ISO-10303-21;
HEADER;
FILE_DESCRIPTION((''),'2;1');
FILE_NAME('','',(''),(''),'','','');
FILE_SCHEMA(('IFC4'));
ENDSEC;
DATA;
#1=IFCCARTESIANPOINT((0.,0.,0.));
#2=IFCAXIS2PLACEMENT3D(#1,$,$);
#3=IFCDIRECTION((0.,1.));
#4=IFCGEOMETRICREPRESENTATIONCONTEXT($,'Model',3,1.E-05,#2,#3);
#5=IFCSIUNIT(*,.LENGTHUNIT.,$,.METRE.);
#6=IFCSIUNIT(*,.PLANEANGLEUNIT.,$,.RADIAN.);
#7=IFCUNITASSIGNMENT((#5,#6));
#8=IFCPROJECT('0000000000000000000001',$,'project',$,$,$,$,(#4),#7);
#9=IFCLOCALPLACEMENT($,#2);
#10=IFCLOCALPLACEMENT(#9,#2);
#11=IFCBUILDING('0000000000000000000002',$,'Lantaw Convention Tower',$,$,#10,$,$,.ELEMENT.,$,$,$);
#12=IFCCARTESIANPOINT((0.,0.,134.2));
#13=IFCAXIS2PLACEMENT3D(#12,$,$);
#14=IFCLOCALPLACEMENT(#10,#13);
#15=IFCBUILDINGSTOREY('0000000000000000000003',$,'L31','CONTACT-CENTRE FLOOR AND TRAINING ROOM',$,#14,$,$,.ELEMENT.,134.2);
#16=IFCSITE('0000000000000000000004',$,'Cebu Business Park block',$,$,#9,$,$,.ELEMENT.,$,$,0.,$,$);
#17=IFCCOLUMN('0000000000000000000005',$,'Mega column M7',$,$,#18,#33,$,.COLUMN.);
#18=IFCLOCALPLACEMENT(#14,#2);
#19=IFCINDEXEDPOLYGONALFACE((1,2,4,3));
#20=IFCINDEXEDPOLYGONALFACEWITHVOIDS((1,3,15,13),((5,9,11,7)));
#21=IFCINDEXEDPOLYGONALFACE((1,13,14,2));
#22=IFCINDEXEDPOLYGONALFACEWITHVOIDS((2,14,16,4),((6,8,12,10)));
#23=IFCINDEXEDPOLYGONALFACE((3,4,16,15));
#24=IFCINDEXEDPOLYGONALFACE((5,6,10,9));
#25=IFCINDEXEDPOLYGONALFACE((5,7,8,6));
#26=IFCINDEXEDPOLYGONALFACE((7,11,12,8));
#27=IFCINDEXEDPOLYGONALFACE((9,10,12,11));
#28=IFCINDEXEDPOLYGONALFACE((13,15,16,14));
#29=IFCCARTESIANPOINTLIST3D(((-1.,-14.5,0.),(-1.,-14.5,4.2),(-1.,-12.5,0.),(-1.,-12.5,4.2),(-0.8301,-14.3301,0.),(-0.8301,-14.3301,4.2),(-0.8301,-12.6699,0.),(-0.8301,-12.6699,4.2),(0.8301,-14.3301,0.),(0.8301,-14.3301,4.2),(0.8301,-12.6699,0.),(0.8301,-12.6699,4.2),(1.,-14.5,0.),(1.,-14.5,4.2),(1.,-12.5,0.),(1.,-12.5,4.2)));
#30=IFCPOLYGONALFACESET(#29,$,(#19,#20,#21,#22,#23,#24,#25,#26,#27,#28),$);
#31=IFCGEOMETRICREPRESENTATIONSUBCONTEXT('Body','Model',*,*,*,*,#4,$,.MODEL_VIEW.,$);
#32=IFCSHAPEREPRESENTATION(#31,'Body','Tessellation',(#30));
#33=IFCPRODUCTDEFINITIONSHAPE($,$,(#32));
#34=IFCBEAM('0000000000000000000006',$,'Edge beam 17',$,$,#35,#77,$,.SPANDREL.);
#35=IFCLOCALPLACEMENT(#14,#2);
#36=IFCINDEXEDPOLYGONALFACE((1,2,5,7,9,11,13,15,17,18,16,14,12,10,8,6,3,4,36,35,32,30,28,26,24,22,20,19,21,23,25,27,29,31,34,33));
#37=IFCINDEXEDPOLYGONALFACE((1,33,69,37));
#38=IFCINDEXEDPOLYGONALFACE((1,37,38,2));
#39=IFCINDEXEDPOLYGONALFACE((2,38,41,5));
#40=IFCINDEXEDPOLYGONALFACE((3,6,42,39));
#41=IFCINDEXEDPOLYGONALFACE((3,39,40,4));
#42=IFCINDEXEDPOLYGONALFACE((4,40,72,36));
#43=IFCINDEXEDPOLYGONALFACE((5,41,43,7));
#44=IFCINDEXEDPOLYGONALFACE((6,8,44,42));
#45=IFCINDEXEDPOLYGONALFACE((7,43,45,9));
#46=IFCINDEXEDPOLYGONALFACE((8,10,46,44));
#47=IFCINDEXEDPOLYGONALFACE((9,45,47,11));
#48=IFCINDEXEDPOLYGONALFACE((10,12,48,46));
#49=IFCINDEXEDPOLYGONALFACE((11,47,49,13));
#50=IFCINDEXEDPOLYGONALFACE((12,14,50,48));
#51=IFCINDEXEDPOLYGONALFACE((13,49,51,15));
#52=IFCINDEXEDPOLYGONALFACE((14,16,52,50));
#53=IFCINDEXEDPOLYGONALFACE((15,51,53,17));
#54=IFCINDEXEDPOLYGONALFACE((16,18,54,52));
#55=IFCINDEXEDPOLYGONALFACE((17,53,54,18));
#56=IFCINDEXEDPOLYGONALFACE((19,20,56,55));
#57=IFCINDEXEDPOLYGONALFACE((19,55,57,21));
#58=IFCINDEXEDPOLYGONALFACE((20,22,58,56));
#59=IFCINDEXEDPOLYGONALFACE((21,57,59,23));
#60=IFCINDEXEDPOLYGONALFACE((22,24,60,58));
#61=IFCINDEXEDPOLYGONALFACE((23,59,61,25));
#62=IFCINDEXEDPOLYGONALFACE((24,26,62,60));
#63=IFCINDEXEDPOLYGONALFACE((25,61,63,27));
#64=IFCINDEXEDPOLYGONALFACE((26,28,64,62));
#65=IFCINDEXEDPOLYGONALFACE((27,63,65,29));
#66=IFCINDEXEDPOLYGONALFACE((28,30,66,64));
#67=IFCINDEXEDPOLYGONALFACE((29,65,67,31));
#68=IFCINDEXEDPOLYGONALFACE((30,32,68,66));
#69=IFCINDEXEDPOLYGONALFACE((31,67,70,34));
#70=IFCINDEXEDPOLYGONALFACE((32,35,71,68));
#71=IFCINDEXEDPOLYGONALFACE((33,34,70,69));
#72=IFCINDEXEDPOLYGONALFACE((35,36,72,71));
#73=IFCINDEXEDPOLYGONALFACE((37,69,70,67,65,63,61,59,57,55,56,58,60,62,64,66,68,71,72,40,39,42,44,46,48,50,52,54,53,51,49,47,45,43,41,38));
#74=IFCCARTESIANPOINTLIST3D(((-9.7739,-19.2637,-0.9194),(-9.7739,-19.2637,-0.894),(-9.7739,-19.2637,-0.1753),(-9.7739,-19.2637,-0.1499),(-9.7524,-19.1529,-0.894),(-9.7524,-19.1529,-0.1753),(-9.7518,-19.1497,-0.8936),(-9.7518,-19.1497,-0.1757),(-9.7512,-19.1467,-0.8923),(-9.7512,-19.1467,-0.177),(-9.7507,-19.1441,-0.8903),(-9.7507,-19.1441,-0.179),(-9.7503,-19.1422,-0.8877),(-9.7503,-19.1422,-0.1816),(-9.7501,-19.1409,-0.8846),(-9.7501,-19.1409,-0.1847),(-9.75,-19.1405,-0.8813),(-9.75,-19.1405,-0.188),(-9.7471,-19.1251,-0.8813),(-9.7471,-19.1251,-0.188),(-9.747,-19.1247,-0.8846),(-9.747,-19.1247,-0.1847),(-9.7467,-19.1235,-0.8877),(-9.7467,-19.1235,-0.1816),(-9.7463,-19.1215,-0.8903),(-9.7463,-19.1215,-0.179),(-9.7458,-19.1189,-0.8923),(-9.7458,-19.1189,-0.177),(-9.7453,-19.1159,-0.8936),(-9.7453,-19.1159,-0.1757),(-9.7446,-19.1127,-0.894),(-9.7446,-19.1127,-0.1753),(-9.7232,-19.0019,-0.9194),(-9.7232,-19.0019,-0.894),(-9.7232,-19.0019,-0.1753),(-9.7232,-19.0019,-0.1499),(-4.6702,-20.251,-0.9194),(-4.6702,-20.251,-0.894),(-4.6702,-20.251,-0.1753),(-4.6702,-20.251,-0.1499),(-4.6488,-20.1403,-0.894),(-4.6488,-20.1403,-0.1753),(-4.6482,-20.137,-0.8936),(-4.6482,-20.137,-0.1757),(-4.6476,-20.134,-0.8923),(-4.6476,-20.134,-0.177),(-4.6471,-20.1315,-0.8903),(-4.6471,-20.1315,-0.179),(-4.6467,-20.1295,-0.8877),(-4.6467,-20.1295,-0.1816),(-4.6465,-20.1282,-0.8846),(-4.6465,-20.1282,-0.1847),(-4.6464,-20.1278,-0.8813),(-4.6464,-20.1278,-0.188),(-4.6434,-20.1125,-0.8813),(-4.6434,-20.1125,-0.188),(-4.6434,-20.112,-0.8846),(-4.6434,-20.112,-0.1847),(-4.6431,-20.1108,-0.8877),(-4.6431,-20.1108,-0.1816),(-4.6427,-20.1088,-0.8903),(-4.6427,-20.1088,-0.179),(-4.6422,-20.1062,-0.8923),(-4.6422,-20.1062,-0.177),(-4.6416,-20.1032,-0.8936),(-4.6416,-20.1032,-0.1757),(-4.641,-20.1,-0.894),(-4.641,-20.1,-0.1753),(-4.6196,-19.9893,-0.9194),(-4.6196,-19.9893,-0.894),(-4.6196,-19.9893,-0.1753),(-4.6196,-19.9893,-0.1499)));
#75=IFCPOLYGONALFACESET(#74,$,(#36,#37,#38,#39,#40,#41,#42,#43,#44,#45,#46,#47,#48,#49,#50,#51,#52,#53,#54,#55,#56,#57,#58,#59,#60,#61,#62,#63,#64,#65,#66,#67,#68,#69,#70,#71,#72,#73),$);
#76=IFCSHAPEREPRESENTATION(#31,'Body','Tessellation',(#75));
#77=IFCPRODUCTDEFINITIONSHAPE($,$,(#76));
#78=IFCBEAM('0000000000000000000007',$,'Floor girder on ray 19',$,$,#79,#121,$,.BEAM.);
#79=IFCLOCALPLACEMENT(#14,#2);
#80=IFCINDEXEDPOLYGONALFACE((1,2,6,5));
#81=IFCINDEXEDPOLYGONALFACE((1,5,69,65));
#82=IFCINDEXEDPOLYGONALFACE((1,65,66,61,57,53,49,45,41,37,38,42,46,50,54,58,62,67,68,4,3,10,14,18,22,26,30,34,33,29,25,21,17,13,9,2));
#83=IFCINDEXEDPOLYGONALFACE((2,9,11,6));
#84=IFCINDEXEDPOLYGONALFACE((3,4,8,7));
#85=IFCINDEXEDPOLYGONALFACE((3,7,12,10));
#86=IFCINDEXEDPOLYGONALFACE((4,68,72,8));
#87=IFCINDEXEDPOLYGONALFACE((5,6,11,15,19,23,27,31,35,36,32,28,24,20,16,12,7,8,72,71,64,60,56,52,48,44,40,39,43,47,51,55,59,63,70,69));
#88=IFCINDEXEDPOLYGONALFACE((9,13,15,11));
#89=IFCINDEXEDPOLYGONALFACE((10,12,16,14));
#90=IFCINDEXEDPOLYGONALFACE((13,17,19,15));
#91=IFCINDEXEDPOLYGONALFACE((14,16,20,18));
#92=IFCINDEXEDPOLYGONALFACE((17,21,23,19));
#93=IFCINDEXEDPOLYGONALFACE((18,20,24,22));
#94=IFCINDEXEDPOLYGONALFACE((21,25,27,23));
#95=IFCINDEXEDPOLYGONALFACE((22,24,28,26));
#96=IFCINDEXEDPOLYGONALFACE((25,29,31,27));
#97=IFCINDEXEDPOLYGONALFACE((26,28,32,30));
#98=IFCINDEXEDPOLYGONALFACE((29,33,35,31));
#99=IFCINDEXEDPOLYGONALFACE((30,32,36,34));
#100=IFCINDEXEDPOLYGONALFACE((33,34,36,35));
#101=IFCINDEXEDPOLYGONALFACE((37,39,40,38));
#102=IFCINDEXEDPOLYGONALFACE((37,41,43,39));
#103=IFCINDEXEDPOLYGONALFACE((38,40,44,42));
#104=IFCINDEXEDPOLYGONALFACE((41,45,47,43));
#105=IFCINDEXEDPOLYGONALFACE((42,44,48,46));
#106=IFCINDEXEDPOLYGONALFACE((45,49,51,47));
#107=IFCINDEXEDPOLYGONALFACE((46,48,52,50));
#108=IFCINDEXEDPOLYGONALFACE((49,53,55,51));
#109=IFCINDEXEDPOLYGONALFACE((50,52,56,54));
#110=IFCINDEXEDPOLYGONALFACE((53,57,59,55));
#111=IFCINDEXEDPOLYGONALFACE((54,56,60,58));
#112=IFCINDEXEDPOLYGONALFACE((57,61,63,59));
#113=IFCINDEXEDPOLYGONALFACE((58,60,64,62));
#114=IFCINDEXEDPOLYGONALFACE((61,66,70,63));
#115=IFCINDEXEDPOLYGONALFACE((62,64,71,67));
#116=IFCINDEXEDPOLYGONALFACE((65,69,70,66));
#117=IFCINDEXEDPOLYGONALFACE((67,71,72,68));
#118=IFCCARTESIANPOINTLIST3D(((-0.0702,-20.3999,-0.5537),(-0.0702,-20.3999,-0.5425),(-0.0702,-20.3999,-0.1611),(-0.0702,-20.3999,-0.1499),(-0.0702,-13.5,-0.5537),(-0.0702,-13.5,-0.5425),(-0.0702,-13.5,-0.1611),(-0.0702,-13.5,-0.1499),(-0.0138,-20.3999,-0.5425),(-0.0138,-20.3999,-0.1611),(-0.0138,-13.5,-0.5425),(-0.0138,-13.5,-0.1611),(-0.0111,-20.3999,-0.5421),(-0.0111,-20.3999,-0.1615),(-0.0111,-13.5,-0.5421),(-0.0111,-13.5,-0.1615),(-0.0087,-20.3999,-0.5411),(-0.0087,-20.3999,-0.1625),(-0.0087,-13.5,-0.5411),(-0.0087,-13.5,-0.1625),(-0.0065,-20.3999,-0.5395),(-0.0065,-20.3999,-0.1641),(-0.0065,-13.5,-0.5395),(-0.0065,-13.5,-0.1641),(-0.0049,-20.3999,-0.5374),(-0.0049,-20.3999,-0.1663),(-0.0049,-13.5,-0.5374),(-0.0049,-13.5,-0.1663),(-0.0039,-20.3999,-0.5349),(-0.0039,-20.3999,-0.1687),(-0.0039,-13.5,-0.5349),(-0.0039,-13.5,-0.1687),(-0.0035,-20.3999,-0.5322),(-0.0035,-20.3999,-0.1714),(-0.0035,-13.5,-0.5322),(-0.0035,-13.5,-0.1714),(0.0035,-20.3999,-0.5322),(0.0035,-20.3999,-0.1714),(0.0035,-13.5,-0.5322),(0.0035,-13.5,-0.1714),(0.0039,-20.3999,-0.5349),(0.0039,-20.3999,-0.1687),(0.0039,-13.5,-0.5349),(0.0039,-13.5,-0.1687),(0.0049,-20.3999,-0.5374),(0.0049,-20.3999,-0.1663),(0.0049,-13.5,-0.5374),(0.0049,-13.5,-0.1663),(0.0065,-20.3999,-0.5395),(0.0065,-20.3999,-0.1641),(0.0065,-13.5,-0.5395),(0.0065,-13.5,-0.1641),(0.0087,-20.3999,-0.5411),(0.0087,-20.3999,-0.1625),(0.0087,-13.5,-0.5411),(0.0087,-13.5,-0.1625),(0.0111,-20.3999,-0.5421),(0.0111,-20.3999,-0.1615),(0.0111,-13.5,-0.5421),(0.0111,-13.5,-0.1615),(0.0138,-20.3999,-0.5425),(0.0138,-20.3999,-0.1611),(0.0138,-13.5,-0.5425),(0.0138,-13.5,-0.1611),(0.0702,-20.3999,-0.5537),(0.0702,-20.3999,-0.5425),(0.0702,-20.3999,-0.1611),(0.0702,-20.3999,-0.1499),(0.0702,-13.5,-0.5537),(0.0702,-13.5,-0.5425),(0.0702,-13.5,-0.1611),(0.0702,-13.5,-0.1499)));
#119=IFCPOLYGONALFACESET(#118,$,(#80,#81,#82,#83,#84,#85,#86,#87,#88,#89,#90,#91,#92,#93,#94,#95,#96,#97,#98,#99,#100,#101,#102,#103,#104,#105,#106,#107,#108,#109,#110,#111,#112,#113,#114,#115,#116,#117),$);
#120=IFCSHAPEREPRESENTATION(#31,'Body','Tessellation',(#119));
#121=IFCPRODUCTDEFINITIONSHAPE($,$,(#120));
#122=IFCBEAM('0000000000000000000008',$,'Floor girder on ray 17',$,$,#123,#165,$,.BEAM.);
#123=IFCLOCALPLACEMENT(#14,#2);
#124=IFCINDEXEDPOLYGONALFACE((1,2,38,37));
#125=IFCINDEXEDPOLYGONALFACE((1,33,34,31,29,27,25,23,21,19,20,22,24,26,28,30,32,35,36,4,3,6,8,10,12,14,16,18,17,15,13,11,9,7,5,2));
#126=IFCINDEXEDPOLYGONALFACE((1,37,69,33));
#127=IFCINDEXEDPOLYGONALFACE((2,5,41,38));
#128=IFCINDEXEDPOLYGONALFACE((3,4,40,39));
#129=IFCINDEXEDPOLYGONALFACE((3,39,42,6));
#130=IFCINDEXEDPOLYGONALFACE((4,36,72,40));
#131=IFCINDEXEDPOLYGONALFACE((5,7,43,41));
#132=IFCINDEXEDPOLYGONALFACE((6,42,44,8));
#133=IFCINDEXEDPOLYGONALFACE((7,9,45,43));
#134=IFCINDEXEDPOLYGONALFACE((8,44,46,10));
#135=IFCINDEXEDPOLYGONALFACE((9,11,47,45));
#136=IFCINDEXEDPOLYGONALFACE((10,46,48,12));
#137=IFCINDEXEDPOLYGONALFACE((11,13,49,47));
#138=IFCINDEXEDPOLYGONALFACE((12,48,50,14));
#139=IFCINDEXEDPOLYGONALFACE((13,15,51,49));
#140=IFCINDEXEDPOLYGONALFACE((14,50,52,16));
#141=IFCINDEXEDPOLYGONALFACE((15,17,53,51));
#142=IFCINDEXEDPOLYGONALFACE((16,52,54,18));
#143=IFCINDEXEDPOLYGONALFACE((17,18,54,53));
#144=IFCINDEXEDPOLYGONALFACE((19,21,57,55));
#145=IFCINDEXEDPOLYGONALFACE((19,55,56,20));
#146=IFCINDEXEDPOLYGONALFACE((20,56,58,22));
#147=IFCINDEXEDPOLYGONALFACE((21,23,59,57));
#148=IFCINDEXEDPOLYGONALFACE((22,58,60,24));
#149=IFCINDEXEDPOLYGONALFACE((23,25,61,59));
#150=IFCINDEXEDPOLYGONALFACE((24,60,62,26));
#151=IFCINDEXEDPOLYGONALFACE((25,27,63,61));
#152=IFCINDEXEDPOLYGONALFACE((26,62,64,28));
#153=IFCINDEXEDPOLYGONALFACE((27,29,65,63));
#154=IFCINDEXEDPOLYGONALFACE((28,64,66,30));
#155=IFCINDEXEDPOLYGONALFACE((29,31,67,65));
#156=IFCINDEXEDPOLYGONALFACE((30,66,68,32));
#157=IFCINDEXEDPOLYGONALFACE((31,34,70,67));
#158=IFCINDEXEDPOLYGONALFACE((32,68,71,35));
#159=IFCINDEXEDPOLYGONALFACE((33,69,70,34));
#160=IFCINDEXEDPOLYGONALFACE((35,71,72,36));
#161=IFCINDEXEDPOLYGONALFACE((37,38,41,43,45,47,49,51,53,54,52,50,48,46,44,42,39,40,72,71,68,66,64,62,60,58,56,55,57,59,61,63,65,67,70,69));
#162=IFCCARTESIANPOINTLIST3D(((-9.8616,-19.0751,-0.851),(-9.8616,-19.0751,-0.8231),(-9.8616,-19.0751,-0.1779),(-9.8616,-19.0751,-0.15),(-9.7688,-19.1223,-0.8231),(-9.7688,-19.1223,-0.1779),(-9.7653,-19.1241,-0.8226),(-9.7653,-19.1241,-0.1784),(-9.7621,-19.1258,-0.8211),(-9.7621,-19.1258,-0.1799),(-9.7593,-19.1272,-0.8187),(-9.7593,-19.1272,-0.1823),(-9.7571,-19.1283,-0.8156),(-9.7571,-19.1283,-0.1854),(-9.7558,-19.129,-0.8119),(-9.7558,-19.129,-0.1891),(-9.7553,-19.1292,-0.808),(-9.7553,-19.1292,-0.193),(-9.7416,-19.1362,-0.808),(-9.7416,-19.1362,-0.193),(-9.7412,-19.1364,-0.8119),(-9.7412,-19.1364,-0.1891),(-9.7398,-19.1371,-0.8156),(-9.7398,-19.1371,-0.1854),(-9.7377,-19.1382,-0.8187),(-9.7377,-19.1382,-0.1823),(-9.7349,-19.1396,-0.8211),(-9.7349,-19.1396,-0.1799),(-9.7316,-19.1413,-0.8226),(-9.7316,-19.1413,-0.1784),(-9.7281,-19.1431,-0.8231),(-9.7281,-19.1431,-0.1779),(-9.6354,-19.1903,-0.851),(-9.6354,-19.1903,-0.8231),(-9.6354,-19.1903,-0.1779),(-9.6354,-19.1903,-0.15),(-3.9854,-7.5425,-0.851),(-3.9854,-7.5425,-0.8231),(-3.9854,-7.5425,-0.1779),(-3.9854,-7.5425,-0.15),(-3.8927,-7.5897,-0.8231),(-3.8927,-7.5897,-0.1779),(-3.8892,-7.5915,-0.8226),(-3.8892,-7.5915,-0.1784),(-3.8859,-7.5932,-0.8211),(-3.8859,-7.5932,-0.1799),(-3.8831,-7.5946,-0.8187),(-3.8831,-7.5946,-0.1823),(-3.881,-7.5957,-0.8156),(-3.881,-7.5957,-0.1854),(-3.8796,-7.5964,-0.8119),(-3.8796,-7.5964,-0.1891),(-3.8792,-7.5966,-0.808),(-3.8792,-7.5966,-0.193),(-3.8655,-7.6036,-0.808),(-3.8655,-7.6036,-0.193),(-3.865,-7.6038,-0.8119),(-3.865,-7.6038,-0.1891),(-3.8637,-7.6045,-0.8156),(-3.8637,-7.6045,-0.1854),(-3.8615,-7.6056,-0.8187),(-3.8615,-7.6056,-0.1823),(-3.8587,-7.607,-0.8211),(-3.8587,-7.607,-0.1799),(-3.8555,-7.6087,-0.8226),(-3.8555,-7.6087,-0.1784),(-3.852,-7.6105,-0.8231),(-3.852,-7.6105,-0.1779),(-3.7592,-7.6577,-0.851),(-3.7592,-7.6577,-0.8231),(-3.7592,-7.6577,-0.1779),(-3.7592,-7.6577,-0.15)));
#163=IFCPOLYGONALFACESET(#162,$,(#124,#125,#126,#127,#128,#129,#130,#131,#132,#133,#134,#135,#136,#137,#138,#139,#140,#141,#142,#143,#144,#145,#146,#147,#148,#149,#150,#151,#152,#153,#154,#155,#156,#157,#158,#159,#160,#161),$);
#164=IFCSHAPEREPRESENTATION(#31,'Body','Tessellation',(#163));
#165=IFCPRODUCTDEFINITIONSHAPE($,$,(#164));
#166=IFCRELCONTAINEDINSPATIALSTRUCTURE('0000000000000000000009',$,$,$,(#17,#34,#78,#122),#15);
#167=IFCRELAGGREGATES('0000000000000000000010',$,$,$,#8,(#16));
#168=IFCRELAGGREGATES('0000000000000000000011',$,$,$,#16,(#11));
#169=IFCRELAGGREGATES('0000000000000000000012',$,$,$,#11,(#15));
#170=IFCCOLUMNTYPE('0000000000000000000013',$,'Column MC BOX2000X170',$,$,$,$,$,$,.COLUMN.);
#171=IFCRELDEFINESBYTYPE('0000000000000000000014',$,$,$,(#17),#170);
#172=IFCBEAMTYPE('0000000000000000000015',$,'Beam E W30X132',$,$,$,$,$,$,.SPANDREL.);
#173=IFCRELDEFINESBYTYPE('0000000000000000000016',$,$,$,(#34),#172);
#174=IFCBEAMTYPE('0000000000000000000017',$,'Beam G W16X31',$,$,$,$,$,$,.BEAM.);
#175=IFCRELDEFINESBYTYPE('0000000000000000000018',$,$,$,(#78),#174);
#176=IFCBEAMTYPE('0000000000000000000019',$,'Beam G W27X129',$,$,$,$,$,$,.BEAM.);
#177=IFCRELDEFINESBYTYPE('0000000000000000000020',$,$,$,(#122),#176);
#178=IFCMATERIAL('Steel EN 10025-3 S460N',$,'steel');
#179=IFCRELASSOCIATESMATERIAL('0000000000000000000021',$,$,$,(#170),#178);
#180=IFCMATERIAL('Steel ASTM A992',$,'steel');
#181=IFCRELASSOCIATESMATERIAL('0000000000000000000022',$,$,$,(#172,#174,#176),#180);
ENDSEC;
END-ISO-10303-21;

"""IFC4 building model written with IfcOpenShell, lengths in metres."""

from ifc_helpers import new_model, si_unit, direction, frame, origin, origin_2d, place, context, subcontext, project, spatial, rectangle, hollow_rectangle, i_section, extrude, material, material_profile, profile_set, type_object, element, save


model = new_model("IFC4")

# Units and contexts
model_context = context("Model", 3, precision=1e-05, world=origin(), true_north=direction((0.0, 1.0)))
body_context = subcontext(model_context, "Body", "Model", "MODEL_VIEW")
ifc_project = project(units=[si_unit("LENGTHUNIT", "METRE"), si_unit("PLANEANGLEUNIT", "RADIAN")], contexts=[model_context])

# Site, building, storey
site_placement = place(None, origin())
site = spatial("IfcSite", under=ifc_project, at=site_placement, Name="Cebu Business Park block", CompositionType="ELEMENT", RefElevation=0.0)
building_placement = place(site_placement, origin())
building = spatial("IfcBuilding", under=site, at=building_placement, Name="Lantaw Convention Tower", CompositionType="ELEMENT")
storey_placement = place(building_placement, frame((0.0, 0.0, 134.2)))
storey = spatial("IfcBuildingStorey", under=building, at=storey_placement, Name="L31", Description="CONTACT-CENTRE FLOOR AND TRAINING ROOM", CompositionType="ELEMENT", Elevation=134.2)

# Column
ifc_material_1 = material(Name="Steel EN 10025-3 S460N", Category="steel")
ifc_material_profile_1 = material_profile(ifc_material_1, hollow_rectangle(XDim=2.0, YDim=2.0, WallThickness=0.1699, at=origin_2d()), Name="BOX2000X170")
ifc_material_2 = material(Name="Concrete C60/75", Category="concrete")
ifc_material_profile_2 = material_profile(ifc_material_2, rectangle(XDim=1.6599, YDim=1.6599, at=origin_2d()), Name="Concrete fill of BOX2000X170")
ifc_profile_set_1 = profile_set([ifc_material_profile_1, ifc_material_profile_2], Name="Steel EN 10025-3 S460N")
column_type = type_object("IfcColumnType", Name="Column MC BOX2000X170", PredefinedType="COLUMN", material=ifc_profile_set_1)
column_placement = place(storey_placement, frame((0.0, -13.5, 0.0), z_axis=(0.0, 0.0, 1.0), x_axis=(1.0, 0.0, 0.0)))
element("IfcColumn", 1, at=column_placement, inside=storey, type_object=column_type, Name="Mega column M7", PredefinedType="COLUMN", context=body_context, shape_type="SweptSolid", body=[
    extrude(hollow_rectangle(XDim=2.0, YDim=2.0, WallThickness=0.1699, at=origin_2d()), origin(), (0.0, 0.0, 1.0), 4.2),
])

# Beams
ifc_material_3 = material(Name="Steel ASTM A992", Category="steel")
ifc_material_profile_3 = material_profile(ifc_material_3, i_section(OverallWidth=0.2666, OverallDepth=0.7695, WebThickness=0.0156, FlangeThickness=0.0254, FilletRadius=0.0127, at=origin_2d()), Name="W30X132")
ifc_profile_set_2 = profile_set([ifc_material_profile_3], Name="Steel ASTM A992")
beam_type_1 = type_object("IfcBeamType", Name="Beam E W30X132", PredefinedType="SPANDREL", material=ifc_profile_set_2)
beam_1_placement = place(storey_placement, frame((-9.7485, -19.1328, -0.5347), z_axis=(0.981797, -0.189934, 0.0), x_axis=(0.189934, 0.981797, 0.0)))
element("IfcBeam", 2, at=beam_1_placement, inside=storey, type_object=beam_type_1, Name="Edge beam 17", PredefinedType="SPANDREL", context=body_context, shape_type="SweptSolid", body=[
    extrude(i_section(OverallWidth=0.2666, OverallDepth=0.7695, WebThickness=0.0156, FlangeThickness=0.0254, FilletRadius=0.0127, at=origin_2d()), origin(), (0.0, 0.0, 1.0), 5.1982),
])
ifc_material_profile_4 = material_profile(ifc_material_3, i_section(OverallWidth=0.1404, OverallDepth=0.4038, WebThickness=0.0071, FlangeThickness=0.0112, FilletRadius=0.0103, at=origin_2d()), Name="W16X31")
ifc_profile_set_3 = profile_set([ifc_material_profile_4], Name="Steel ASTM A992")
beam_type_2 = type_object("IfcBeamType", Name="Beam G W16X31", PredefinedType="BEAM", material=ifc_profile_set_3)
beam_2_placement = place(storey_placement, frame((0.0, -13.5, -0.3518), z_axis=(0.0, -1.0, 0.0), x_axis=(1.0, 0.0, 0.0)))
element("IfcBeam", 3, at=beam_2_placement, inside=storey, type_object=beam_type_2, Name="Floor girder on ray 19", PredefinedType="BEAM", context=body_context, shape_type="SweptSolid", body=[
    extrude(i_section(OverallWidth=0.1404, OverallDepth=0.4038, WebThickness=0.0071, FlangeThickness=0.0112, FilletRadius=0.0103, at=origin_2d()), origin(), (0.0, 0.0, 1.0), 6.8999),
])
ifc_material_profile_5 = material_profile(ifc_material_3, i_section(OverallWidth=0.2539, OverallDepth=0.7009, WebThickness=0.0154, FlangeThickness=0.0278, FilletRadius=0.0151, at=origin_2d()), Name="W27X129")
ifc_profile_set_4 = profile_set([ifc_material_profile_5], Name="Steel ASTM A992")
beam_type_3 = type_object("IfcBeamType", Name="Beam G W27X129", PredefinedType="BEAM", material=ifc_profile_set_4)
beam_3_placement = place(storey_placement, frame((-3.8723, -7.6001, -0.5005), z_axis=(-0.453991, -0.891006, 0.0), x_axis=(0.891006, -0.453991, 0.0)))
element("IfcBeam", 4, at=beam_3_placement, inside=storey, type_object=beam_type_3, Name="Floor girder on ray 17", PredefinedType="BEAM", context=body_context, shape_type="SweptSolid", body=[
    extrude(i_section(OverallWidth=0.2539, OverallDepth=0.7009, WebThickness=0.0154, FlangeThickness=0.0278, FilletRadius=0.0151, at=origin_2d()), origin(), (0.0, 0.0, 1.0), 12.9434),
])

save(model, "model.ifc")
